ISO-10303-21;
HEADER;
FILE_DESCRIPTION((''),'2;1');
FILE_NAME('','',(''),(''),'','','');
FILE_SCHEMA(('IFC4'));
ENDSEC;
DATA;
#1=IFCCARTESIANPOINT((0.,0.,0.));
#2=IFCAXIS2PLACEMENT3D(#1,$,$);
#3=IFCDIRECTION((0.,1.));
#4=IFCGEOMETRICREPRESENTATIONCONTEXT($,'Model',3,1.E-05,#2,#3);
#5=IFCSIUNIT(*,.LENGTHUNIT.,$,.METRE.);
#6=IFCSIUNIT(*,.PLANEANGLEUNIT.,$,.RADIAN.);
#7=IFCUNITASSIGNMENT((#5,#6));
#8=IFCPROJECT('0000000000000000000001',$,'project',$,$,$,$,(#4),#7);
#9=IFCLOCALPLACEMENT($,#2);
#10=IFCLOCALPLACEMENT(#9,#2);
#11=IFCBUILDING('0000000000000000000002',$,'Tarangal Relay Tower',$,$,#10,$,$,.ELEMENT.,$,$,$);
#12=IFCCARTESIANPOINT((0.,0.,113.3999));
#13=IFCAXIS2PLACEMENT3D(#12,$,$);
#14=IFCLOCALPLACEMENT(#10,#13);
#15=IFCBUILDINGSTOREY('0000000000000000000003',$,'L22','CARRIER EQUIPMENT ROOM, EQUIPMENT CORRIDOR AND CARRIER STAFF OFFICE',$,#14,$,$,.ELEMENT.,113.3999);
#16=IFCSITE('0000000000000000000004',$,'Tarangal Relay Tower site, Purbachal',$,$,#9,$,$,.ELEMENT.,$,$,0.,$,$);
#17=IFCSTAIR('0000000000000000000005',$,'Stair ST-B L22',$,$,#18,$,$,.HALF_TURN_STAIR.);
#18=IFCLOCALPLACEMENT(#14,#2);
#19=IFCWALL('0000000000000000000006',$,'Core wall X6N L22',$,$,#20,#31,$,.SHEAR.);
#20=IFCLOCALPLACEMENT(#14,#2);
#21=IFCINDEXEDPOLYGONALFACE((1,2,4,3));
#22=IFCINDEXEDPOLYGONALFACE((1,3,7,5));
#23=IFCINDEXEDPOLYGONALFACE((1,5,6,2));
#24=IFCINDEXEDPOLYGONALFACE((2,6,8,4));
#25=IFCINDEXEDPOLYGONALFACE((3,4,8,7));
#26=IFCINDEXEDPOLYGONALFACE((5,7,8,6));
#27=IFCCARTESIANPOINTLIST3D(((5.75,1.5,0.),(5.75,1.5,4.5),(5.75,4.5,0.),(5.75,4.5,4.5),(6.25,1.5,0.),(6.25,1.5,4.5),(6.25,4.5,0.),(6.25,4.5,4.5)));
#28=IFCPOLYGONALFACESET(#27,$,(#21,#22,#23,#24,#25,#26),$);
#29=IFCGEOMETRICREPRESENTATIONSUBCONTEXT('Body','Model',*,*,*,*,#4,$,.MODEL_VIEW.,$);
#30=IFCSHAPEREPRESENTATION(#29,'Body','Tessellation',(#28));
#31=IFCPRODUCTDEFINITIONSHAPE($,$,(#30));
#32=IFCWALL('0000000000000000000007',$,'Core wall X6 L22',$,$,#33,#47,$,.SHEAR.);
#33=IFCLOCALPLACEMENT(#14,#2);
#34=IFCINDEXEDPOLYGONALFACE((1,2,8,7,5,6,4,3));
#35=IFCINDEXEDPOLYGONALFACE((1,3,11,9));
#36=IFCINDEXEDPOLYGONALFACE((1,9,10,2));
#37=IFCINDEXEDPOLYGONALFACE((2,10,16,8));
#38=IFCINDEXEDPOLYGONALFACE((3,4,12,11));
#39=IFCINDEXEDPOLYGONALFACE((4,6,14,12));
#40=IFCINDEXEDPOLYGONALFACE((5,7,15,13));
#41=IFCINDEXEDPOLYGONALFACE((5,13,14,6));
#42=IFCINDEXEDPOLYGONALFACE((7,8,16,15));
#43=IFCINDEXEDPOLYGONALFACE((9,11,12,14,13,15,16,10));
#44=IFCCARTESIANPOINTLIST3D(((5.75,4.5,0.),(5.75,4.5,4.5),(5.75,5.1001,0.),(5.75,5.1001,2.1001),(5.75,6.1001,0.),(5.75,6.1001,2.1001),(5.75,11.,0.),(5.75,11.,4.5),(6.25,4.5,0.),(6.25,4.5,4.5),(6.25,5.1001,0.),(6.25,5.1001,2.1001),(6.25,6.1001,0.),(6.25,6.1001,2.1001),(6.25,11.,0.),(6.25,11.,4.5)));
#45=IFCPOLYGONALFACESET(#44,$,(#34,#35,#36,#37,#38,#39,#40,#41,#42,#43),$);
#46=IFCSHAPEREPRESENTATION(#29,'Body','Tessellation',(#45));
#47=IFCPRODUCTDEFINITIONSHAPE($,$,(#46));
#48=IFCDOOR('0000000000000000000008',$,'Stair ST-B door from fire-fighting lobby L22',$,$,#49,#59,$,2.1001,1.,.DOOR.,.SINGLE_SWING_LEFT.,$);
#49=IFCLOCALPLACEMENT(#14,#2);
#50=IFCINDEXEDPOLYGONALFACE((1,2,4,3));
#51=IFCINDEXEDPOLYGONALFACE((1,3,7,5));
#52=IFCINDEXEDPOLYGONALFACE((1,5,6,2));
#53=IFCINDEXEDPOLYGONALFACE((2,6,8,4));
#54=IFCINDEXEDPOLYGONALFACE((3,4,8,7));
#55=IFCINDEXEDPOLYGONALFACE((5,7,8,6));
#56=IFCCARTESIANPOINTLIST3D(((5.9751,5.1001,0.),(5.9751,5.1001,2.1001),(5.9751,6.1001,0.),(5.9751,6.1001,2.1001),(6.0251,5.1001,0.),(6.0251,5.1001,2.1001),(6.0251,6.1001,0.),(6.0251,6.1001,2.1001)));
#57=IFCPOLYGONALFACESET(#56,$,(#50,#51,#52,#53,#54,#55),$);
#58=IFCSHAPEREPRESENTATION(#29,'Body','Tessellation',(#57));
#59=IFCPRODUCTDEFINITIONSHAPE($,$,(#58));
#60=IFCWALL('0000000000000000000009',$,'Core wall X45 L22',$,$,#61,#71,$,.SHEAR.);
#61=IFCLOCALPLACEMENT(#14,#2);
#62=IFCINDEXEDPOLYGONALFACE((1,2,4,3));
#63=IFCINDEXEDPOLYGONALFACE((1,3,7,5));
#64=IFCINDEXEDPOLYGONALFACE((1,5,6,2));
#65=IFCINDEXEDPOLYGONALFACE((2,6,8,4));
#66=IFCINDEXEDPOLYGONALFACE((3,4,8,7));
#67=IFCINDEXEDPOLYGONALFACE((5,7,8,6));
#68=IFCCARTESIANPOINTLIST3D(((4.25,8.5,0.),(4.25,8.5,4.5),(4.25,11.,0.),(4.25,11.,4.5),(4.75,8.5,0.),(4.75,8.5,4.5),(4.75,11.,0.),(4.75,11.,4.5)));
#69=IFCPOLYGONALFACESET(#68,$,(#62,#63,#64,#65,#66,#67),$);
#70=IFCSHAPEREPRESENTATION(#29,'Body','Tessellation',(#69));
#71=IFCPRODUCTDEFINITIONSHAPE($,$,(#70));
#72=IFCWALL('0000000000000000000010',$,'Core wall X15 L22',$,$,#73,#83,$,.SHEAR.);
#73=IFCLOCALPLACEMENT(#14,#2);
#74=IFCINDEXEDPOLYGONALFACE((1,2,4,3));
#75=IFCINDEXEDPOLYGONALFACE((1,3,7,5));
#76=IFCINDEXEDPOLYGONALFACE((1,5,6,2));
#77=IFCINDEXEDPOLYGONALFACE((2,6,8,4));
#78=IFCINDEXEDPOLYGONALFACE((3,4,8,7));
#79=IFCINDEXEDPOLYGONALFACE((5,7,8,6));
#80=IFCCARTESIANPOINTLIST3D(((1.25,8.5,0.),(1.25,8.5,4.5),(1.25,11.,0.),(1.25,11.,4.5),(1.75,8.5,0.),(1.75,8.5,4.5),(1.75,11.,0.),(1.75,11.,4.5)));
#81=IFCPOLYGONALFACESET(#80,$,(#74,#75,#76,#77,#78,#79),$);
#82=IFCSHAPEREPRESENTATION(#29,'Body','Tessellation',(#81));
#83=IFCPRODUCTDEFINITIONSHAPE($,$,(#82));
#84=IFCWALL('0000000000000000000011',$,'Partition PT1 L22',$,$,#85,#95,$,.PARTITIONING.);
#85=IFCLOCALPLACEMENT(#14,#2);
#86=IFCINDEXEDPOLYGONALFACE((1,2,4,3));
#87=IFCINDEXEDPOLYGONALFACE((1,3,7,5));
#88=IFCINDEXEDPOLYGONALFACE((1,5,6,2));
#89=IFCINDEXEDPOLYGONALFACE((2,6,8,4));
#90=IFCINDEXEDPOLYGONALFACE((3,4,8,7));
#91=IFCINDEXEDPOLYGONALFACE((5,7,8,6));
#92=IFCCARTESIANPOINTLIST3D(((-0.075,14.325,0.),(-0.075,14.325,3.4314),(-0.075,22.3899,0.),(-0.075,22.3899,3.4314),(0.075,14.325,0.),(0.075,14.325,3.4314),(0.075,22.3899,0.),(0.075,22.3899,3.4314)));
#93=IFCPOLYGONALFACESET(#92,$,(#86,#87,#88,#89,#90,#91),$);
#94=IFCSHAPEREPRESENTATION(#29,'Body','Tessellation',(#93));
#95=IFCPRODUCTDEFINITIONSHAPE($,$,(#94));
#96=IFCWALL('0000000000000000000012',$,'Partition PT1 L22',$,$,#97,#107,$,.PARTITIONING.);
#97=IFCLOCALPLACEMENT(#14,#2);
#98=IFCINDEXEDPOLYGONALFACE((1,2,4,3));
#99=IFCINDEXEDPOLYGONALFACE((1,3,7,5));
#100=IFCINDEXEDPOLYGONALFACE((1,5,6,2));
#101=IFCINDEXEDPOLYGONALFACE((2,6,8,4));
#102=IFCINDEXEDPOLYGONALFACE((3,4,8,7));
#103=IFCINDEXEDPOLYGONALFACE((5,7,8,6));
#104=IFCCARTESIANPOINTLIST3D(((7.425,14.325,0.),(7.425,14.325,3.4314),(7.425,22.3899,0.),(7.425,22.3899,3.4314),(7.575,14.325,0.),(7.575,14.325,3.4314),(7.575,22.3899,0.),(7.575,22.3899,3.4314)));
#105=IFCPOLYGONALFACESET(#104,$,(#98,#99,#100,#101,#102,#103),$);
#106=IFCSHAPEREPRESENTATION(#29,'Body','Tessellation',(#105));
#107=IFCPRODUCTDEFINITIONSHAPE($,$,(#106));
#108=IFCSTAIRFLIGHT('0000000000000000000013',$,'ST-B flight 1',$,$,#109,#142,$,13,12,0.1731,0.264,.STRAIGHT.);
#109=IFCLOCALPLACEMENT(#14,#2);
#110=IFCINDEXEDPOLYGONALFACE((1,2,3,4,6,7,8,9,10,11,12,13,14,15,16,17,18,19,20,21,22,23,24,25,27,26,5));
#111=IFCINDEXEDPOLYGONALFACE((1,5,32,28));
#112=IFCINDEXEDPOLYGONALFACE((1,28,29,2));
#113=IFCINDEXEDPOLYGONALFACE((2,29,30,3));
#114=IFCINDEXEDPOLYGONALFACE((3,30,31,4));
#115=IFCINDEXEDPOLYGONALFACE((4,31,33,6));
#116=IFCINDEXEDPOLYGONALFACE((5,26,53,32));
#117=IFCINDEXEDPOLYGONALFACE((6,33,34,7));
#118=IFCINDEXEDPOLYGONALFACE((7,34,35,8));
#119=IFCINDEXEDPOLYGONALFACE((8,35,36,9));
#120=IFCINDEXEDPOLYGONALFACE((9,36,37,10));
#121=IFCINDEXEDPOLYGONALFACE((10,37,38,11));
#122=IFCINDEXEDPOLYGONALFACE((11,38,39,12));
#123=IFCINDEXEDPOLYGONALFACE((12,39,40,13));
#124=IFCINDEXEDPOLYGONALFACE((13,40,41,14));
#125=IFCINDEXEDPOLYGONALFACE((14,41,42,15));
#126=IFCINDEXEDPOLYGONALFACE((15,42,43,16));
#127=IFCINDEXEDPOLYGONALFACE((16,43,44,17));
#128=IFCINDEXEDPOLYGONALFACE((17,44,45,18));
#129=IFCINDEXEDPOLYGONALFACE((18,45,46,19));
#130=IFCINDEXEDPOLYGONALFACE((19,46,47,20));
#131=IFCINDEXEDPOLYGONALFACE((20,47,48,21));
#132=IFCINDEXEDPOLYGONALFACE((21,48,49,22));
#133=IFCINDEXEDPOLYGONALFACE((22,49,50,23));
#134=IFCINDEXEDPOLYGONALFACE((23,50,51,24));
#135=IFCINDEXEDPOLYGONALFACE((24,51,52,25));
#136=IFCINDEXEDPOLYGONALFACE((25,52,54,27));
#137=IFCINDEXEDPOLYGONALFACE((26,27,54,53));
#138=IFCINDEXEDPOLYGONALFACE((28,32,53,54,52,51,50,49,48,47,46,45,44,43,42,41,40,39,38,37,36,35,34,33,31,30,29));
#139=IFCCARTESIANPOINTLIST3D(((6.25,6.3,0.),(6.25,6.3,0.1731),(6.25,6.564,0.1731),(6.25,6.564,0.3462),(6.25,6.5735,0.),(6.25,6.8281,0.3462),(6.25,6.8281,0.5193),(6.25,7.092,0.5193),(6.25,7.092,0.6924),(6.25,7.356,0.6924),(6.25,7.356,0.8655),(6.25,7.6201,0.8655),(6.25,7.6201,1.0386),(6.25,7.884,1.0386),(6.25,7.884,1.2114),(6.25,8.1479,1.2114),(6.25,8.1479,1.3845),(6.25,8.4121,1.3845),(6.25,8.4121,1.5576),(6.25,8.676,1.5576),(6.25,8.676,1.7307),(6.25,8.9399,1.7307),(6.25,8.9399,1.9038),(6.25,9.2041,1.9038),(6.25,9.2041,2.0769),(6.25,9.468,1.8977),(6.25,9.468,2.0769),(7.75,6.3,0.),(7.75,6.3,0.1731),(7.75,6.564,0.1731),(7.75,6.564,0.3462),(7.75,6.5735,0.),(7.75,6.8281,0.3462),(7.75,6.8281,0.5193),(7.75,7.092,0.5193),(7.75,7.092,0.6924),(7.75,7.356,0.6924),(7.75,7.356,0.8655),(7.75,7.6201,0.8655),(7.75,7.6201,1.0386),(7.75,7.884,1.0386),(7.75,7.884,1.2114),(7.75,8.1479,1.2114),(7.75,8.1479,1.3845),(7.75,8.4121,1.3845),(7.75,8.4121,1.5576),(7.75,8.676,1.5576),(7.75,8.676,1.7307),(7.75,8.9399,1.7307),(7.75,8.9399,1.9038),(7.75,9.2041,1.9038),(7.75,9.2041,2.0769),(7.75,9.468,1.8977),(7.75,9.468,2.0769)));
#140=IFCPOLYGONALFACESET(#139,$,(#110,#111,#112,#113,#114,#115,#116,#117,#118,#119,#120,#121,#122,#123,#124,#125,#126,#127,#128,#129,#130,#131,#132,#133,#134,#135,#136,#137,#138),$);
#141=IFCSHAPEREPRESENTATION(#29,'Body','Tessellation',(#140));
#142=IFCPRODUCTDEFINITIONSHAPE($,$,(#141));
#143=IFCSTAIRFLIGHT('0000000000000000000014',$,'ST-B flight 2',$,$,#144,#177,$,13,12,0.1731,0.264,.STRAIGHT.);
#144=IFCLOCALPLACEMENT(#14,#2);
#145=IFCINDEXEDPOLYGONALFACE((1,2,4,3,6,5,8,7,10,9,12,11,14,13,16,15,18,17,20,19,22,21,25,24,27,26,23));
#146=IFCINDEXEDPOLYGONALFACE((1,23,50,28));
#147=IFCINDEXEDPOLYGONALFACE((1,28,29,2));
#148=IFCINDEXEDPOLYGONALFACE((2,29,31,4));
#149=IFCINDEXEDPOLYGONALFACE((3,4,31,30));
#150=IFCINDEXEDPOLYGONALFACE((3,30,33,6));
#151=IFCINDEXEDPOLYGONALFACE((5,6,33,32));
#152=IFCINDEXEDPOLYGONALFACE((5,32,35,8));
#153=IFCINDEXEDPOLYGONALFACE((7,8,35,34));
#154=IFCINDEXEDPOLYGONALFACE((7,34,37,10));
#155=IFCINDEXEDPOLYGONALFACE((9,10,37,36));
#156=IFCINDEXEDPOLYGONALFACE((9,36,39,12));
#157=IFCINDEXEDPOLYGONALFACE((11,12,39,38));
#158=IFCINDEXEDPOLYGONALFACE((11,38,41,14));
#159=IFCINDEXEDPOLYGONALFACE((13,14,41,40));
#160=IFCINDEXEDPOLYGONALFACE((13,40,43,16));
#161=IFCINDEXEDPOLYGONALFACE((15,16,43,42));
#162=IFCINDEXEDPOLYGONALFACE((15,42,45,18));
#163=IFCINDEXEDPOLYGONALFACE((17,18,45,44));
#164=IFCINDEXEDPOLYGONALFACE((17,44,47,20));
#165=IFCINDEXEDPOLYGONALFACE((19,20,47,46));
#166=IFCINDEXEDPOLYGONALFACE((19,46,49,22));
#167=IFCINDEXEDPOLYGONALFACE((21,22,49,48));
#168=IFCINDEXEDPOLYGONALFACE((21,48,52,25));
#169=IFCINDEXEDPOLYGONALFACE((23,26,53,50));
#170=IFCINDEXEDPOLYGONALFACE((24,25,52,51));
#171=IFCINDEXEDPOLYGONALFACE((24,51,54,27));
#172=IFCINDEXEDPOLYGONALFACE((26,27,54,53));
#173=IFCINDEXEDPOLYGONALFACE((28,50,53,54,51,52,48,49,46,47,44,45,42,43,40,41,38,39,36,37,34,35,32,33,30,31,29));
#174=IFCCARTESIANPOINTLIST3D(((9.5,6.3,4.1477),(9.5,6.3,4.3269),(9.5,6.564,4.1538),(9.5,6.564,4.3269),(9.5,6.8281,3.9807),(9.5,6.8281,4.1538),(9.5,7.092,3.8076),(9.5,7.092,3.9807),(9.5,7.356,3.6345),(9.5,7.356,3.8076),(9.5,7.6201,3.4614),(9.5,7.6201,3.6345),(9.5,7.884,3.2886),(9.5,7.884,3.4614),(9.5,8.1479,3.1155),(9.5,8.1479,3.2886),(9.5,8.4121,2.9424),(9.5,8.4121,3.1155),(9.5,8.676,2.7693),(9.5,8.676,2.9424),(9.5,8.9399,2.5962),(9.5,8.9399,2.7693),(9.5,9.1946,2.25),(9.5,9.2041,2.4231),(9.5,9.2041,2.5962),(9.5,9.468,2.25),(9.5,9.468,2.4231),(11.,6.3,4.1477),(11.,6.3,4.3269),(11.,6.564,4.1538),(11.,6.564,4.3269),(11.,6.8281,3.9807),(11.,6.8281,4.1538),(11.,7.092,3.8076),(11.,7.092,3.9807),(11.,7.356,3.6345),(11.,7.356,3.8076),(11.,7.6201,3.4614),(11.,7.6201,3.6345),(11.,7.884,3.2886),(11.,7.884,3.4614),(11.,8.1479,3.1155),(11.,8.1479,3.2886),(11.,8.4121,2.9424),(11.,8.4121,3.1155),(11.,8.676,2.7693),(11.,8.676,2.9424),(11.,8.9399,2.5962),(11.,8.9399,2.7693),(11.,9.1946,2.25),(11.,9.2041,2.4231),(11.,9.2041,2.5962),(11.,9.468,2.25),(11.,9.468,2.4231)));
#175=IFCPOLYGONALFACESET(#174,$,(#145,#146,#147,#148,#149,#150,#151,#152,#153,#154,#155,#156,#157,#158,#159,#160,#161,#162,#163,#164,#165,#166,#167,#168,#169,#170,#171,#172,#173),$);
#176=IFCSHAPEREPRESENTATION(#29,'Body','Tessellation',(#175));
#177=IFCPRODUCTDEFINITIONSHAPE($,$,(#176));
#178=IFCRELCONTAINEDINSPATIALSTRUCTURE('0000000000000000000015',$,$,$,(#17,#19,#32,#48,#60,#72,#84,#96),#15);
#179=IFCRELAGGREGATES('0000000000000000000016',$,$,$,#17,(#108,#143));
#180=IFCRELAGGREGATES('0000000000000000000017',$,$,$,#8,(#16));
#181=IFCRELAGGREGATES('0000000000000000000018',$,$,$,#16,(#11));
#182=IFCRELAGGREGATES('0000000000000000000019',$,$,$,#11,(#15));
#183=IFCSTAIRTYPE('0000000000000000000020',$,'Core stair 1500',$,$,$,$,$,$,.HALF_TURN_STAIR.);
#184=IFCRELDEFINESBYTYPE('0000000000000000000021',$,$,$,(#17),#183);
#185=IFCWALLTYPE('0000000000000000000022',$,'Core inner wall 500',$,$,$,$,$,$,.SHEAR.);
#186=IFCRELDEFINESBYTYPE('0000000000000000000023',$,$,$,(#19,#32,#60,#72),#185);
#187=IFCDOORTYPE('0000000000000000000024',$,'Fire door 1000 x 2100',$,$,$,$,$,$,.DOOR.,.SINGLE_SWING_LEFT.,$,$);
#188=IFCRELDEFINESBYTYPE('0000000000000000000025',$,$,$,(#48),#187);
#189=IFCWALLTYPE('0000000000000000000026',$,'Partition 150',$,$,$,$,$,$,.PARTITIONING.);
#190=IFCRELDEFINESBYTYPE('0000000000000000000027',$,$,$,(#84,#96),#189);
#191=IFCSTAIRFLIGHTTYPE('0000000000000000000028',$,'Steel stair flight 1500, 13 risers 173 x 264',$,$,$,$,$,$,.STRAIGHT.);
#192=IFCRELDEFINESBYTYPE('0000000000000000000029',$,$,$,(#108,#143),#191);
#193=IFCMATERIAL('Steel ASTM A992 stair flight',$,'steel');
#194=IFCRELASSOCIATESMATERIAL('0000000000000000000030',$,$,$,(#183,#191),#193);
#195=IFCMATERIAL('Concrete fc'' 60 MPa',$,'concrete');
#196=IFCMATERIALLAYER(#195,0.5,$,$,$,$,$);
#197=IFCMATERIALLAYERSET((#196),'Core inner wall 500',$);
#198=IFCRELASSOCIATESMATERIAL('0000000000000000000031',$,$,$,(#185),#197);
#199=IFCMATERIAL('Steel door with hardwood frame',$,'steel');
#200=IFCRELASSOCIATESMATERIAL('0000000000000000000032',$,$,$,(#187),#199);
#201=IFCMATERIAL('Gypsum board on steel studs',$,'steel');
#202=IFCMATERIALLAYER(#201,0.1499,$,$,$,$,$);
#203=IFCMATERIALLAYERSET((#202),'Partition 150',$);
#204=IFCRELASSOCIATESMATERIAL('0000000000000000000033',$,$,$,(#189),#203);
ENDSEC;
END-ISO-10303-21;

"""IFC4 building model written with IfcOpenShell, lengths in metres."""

from ifc_helpers import new_model, si_unit, direction, frame, frame_2d, origin, place, context, subcontext, project, spatial, polyline, rectangle, outline, extrude, material, layer, layer_set, type_object, element, fill, aggregate, save


model = new_model("IFC4")

# Units and contexts
model_context = context("Model", 3, precision=1e-05, world=origin(), true_north=direction((0.0, 1.0)))
body_context = subcontext(model_context, "Body", "Model", "MODEL_VIEW")
ifc_project = project(units=[si_unit("LENGTHUNIT", "METRE"), si_unit("PLANEANGLEUNIT", "RADIAN")], contexts=[model_context])

# Site, building, storey
site_placement = place(None, origin())
site = spatial("IfcSite", under=ifc_project, at=site_placement, Name="Tarangal Relay Tower site, Purbachal", CompositionType="ELEMENT", RefElevation=0.0)
building_placement = place(site_placement, origin())
building = spatial("IfcBuilding", under=site, at=building_placement, Name="Tarangal Relay Tower", CompositionType="ELEMENT")
storey_placement = place(building_placement, frame((0.0, 0.0, 113.3999)))
storey = spatial("IfcBuildingStorey", under=building, at=storey_placement, Name="L22", Description="CARRIER EQUIPMENT ROOM, EQUIPMENT CORRIDOR AND CARRIER STAFF OFFICE", CompositionType="ELEMENT", Elevation=113.3999)

# Stair
ifc_material_1 = material(Name="Steel ASTM A992 stair flight", Category="steel")
stair_type = type_object("IfcStairType", Name="Core stair 1500", PredefinedType="HALF_TURN_STAIR", material=ifc_material_1)
stair_1_placement = place(storey_placement, origin())
stair_1 = element("IfcStair", 1, at=stair_1_placement, inside=storey, type_object=stair_type, Name="Stair ST-B L22", PredefinedType="HALF_TURN_STAIR")

# Wall
ifc_material_2 = material(Name="Concrete fc' 60 MPa", Category="concrete")
ifc_layer_1 = layer(ifc_material_2, 0.5)
ifc_layer_set_1 = layer_set([ifc_layer_1], Name="Core inner wall 500")
wall_type_1 = type_object("IfcWallType", Name="Core inner wall 500", PredefinedType="SHEAR", material=ifc_layer_set_1)
for number, where, z_axis, x_axis, name in (
    (2, (6.0, 1.5, 0.0), (0.0, 0.0, 1.0), (0.0, 1.0, 0.0), "Core wall X6N L22"),
):
    element("IfcWall", number, at=place(storey_placement, frame(where, z_axis=z_axis, x_axis=x_axis)), inside=storey, type_object=wall_type_1, Name=name, PredefinedType="SHEAR", context=body_context, shape_type="SweptSolid", body=[
        extrude(rectangle(XDim=3.0, YDim=0.5, at=frame_2d((1.5, 0.0))), origin(), (0.0, 0.0, 1.0), 4.5),
    ])

# Wall, opening, door
wall_placement = place(storey_placement, frame((6.0, 4.5, 0.0), z_axis=(0.0, 0.0, 1.0), x_axis=(0.0, 1.0, 0.0)))
wall = element("IfcWall", 3, at=wall_placement, inside=storey, type_object=wall_type_1, Name="Core wall X6 L22", PredefinedType="SHEAR", context=body_context, shape_type="SweptSolid", body=[
    extrude(rectangle(XDim=6.5, YDim=0.5, at=frame_2d((3.25, 0.0))), origin(), (0.0, 0.0, 1.0), 4.5),
])
opening_placement = place(wall_placement, frame((0.6001, 0.0, 0.0)))
opening = element("IfcOpeningElement", 4, at=opening_placement, cuts=wall, PredefinedType="OPENING", context=body_context, shape_type="SweptSolid", body=[
    extrude(rectangle(XDim=1.0, YDim=2.1001, at=frame_2d((0.5, 1.05))), frame((0.0, 0.26, 0.0), z_axis=(0.0, -1.0, 0.0), x_axis=(1.0, 0.0, 0.0)), (0.0, 0.0, 1.0), 0.52),
])
ifc_material_3 = material(Name="Steel door with hardwood frame", Category="steel")
door_type = type_object("IfcDoorType", Name="Fire door 1000 x 2100", OperationType="SINGLE_SWING_LEFT", PredefinedType="DOOR", material=ifc_material_3)
door_placement = place(opening_placement, origin())
door = element("IfcDoor", 5, at=door_placement, inside=storey, type_object=door_type, Name="Stair ST-B door from fire-fighting lobby L22", OperationType="SINGLE_SWING_LEFT", OverallHeight=2.1001, OverallWidth=1.0, PredefinedType="DOOR", context=body_context, shape_type="SweptSolid", body=[
    extrude(rectangle(XDim=1.0, YDim=2.1001, at=frame_2d((0.5, 1.05))), frame((0.0, 0.0249, 0.0), z_axis=(0.0, -1.0, 0.0), x_axis=(1.0, 0.0, 0.0)), (0.0, 0.0, 1.0), 0.05),
])
fill(opening, door)

# Walls
for number, where, z_axis, x_axis, name in (
    (6, (4.5, 8.5, 0.0), (0.0, 0.0, 1.0), (0.0, 1.0, 0.0), "Core wall X45 L22"),
    (7, (1.5, 8.5, 0.0), (0.0, 0.0, 1.0), (0.0, 1.0, 0.0), "Core wall X15 L22"),
):
    element("IfcWall", number, at=place(storey_placement, frame(where, z_axis=z_axis, x_axis=x_axis)), inside=storey, type_object=wall_type_1, Name=name, PredefinedType="SHEAR", context=body_context, shape_type="SweptSolid", body=[
        extrude(rectangle(XDim=2.5, YDim=0.5, at=frame_2d((1.25, 0.0))), origin(), (0.0, 0.0, 1.0), 4.5),
    ])
ifc_material_4 = material(Name="Gypsum board on steel studs", Category="steel")
ifc_layer_2 = layer(ifc_material_4, 0.1499)
ifc_layer_set_2 = layer_set([ifc_layer_2], Name="Partition 150")
wall_type_2 = type_object("IfcWallType", Name="Partition 150", PredefinedType="PARTITIONING", material=ifc_layer_set_2)
for number, where, z_axis, x_axis, name in (
    (8, (0.0, 14.325, 0.0), (0.0, 0.0, 1.0), (0.0, 1.0, 0.0), "Partition PT1 L22"),
    (9, (7.5, 14.325, 0.0), (0.0, 0.0, 1.0), (0.0, 1.0, 0.0), "Partition PT1 L22"),
):
    element("IfcWall", number, at=place(storey_placement, frame(where, z_axis=z_axis, x_axis=x_axis)), inside=storey, type_object=wall_type_2, Name=name, PredefinedType="PARTITIONING", context=body_context, shape_type="SweptSolid", body=[
        extrude(rectangle(XDim=8.0649, YDim=0.1499, at=frame_2d((4.0325, 0.0))), origin(), (0.0, 0.0, 1.0), 3.4314),
    ])

# Stair flights
stair_flight_type = type_object("IfcStairFlightType", Name="Steel stair flight 1500, 13 risers 173 x 264", PredefinedType="STRAIGHT", material=ifc_material_1)
stair_flight_1_placement = place(storey_placement, frame((7.0, 6.3, 0.0), z_axis=(0.0, 0.0, 1.0), x_axis=(0.0, 1.0, 0.0)))
stair_flight_1 = element("IfcStairFlight", 10, at=stair_flight_1_placement, type_object=stair_flight_type, Name="ST-B flight 1", NumberOfRisers=13, NumberOfTreads=12, PredefinedType="STRAIGHT", RiserHeight=0.1731, TreadLength=0.264, context=body_context, shape_type="SweptSolid", body=[
    extrude(outline(polyline([(0.0, 0.0), (0.0, 0.1731), (0.2639, 0.1731), (0.2639, 0.3462), (0.5281, 0.3462), (0.5281, 0.5193), (0.792, 0.5193), (0.792, 0.6924), (1.0559, 0.6924), (1.0559, 0.8655), (1.3201, 0.8655), (1.3201, 1.0386), (1.584, 1.0386), (1.584, 1.2114), (1.8479, 1.2114), (1.8479, 1.3845), (2.1121, 1.3845), (2.1121, 1.5576), (2.376, 1.5576), (2.376, 1.7307), (2.6399, 1.7307), (2.6399, 1.9038), (2.9041, 1.9038), (2.9041, 2.0769), (3.168, 2.0769), (3.168, 2.25), (3.168, 1.8977), (0.2734, 0.0), (0.0, 0.0)])), frame((0.0, 0.75, 0.0), z_axis=(0.0, -1.0, 0.0), x_axis=(1.0, 0.0, 0.0)), (0.0, 0.0, 1.0), 1.5),
])
stair_flight_2_placement = place(storey_placement, frame((10.25, 9.468, 2.25), z_axis=(0.0, 0.0, 1.0), x_axis=(0.0, -1.0, 0.0)))
stair_flight_2 = element("IfcStairFlight", 11, at=stair_flight_2_placement, type_object=stair_flight_type, Name="ST-B flight 2", NumberOfRisers=13, NumberOfTreads=12, PredefinedType="STRAIGHT", RiserHeight=0.1731, TreadLength=0.264, context=body_context, shape_type="SweptSolid", body=[
    extrude(outline(polyline([(0.0, 0.0), (0.0, 0.1731), (0.2639, 0.1731), (0.2639, 0.3462), (0.5281, 0.3462), (0.5281, 0.5193), (0.792, 0.5193), (0.792, 0.6924), (1.0559, 0.6924), (1.0559, 0.8655), (1.3201, 0.8655), (1.3201, 1.0386), (1.584, 1.0386), (1.584, 1.2114), (1.8479, 1.2114), (1.8479, 1.3845), (2.1121, 1.3845), (2.1121, 1.5576), (2.376, 1.5576), (2.376, 1.7307), (2.6399, 1.7307), (2.6399, 1.9038), (2.9041, 1.9038), (2.9041, 2.0769), (3.168, 2.0769), (3.168, 2.25), (3.168, 1.8977), (0.2734, 0.0), (0.0, 0.0)])), frame((0.0, 0.75, 0.0), z_axis=(0.0, -1.0, 0.0), x_axis=(1.0, 0.0, 0.0)), (0.0, 0.0, 1.0), 1.5),
])
aggregate(stair_1, [stair_flight_1, stair_flight_2])

save(model, "model.ifc")
